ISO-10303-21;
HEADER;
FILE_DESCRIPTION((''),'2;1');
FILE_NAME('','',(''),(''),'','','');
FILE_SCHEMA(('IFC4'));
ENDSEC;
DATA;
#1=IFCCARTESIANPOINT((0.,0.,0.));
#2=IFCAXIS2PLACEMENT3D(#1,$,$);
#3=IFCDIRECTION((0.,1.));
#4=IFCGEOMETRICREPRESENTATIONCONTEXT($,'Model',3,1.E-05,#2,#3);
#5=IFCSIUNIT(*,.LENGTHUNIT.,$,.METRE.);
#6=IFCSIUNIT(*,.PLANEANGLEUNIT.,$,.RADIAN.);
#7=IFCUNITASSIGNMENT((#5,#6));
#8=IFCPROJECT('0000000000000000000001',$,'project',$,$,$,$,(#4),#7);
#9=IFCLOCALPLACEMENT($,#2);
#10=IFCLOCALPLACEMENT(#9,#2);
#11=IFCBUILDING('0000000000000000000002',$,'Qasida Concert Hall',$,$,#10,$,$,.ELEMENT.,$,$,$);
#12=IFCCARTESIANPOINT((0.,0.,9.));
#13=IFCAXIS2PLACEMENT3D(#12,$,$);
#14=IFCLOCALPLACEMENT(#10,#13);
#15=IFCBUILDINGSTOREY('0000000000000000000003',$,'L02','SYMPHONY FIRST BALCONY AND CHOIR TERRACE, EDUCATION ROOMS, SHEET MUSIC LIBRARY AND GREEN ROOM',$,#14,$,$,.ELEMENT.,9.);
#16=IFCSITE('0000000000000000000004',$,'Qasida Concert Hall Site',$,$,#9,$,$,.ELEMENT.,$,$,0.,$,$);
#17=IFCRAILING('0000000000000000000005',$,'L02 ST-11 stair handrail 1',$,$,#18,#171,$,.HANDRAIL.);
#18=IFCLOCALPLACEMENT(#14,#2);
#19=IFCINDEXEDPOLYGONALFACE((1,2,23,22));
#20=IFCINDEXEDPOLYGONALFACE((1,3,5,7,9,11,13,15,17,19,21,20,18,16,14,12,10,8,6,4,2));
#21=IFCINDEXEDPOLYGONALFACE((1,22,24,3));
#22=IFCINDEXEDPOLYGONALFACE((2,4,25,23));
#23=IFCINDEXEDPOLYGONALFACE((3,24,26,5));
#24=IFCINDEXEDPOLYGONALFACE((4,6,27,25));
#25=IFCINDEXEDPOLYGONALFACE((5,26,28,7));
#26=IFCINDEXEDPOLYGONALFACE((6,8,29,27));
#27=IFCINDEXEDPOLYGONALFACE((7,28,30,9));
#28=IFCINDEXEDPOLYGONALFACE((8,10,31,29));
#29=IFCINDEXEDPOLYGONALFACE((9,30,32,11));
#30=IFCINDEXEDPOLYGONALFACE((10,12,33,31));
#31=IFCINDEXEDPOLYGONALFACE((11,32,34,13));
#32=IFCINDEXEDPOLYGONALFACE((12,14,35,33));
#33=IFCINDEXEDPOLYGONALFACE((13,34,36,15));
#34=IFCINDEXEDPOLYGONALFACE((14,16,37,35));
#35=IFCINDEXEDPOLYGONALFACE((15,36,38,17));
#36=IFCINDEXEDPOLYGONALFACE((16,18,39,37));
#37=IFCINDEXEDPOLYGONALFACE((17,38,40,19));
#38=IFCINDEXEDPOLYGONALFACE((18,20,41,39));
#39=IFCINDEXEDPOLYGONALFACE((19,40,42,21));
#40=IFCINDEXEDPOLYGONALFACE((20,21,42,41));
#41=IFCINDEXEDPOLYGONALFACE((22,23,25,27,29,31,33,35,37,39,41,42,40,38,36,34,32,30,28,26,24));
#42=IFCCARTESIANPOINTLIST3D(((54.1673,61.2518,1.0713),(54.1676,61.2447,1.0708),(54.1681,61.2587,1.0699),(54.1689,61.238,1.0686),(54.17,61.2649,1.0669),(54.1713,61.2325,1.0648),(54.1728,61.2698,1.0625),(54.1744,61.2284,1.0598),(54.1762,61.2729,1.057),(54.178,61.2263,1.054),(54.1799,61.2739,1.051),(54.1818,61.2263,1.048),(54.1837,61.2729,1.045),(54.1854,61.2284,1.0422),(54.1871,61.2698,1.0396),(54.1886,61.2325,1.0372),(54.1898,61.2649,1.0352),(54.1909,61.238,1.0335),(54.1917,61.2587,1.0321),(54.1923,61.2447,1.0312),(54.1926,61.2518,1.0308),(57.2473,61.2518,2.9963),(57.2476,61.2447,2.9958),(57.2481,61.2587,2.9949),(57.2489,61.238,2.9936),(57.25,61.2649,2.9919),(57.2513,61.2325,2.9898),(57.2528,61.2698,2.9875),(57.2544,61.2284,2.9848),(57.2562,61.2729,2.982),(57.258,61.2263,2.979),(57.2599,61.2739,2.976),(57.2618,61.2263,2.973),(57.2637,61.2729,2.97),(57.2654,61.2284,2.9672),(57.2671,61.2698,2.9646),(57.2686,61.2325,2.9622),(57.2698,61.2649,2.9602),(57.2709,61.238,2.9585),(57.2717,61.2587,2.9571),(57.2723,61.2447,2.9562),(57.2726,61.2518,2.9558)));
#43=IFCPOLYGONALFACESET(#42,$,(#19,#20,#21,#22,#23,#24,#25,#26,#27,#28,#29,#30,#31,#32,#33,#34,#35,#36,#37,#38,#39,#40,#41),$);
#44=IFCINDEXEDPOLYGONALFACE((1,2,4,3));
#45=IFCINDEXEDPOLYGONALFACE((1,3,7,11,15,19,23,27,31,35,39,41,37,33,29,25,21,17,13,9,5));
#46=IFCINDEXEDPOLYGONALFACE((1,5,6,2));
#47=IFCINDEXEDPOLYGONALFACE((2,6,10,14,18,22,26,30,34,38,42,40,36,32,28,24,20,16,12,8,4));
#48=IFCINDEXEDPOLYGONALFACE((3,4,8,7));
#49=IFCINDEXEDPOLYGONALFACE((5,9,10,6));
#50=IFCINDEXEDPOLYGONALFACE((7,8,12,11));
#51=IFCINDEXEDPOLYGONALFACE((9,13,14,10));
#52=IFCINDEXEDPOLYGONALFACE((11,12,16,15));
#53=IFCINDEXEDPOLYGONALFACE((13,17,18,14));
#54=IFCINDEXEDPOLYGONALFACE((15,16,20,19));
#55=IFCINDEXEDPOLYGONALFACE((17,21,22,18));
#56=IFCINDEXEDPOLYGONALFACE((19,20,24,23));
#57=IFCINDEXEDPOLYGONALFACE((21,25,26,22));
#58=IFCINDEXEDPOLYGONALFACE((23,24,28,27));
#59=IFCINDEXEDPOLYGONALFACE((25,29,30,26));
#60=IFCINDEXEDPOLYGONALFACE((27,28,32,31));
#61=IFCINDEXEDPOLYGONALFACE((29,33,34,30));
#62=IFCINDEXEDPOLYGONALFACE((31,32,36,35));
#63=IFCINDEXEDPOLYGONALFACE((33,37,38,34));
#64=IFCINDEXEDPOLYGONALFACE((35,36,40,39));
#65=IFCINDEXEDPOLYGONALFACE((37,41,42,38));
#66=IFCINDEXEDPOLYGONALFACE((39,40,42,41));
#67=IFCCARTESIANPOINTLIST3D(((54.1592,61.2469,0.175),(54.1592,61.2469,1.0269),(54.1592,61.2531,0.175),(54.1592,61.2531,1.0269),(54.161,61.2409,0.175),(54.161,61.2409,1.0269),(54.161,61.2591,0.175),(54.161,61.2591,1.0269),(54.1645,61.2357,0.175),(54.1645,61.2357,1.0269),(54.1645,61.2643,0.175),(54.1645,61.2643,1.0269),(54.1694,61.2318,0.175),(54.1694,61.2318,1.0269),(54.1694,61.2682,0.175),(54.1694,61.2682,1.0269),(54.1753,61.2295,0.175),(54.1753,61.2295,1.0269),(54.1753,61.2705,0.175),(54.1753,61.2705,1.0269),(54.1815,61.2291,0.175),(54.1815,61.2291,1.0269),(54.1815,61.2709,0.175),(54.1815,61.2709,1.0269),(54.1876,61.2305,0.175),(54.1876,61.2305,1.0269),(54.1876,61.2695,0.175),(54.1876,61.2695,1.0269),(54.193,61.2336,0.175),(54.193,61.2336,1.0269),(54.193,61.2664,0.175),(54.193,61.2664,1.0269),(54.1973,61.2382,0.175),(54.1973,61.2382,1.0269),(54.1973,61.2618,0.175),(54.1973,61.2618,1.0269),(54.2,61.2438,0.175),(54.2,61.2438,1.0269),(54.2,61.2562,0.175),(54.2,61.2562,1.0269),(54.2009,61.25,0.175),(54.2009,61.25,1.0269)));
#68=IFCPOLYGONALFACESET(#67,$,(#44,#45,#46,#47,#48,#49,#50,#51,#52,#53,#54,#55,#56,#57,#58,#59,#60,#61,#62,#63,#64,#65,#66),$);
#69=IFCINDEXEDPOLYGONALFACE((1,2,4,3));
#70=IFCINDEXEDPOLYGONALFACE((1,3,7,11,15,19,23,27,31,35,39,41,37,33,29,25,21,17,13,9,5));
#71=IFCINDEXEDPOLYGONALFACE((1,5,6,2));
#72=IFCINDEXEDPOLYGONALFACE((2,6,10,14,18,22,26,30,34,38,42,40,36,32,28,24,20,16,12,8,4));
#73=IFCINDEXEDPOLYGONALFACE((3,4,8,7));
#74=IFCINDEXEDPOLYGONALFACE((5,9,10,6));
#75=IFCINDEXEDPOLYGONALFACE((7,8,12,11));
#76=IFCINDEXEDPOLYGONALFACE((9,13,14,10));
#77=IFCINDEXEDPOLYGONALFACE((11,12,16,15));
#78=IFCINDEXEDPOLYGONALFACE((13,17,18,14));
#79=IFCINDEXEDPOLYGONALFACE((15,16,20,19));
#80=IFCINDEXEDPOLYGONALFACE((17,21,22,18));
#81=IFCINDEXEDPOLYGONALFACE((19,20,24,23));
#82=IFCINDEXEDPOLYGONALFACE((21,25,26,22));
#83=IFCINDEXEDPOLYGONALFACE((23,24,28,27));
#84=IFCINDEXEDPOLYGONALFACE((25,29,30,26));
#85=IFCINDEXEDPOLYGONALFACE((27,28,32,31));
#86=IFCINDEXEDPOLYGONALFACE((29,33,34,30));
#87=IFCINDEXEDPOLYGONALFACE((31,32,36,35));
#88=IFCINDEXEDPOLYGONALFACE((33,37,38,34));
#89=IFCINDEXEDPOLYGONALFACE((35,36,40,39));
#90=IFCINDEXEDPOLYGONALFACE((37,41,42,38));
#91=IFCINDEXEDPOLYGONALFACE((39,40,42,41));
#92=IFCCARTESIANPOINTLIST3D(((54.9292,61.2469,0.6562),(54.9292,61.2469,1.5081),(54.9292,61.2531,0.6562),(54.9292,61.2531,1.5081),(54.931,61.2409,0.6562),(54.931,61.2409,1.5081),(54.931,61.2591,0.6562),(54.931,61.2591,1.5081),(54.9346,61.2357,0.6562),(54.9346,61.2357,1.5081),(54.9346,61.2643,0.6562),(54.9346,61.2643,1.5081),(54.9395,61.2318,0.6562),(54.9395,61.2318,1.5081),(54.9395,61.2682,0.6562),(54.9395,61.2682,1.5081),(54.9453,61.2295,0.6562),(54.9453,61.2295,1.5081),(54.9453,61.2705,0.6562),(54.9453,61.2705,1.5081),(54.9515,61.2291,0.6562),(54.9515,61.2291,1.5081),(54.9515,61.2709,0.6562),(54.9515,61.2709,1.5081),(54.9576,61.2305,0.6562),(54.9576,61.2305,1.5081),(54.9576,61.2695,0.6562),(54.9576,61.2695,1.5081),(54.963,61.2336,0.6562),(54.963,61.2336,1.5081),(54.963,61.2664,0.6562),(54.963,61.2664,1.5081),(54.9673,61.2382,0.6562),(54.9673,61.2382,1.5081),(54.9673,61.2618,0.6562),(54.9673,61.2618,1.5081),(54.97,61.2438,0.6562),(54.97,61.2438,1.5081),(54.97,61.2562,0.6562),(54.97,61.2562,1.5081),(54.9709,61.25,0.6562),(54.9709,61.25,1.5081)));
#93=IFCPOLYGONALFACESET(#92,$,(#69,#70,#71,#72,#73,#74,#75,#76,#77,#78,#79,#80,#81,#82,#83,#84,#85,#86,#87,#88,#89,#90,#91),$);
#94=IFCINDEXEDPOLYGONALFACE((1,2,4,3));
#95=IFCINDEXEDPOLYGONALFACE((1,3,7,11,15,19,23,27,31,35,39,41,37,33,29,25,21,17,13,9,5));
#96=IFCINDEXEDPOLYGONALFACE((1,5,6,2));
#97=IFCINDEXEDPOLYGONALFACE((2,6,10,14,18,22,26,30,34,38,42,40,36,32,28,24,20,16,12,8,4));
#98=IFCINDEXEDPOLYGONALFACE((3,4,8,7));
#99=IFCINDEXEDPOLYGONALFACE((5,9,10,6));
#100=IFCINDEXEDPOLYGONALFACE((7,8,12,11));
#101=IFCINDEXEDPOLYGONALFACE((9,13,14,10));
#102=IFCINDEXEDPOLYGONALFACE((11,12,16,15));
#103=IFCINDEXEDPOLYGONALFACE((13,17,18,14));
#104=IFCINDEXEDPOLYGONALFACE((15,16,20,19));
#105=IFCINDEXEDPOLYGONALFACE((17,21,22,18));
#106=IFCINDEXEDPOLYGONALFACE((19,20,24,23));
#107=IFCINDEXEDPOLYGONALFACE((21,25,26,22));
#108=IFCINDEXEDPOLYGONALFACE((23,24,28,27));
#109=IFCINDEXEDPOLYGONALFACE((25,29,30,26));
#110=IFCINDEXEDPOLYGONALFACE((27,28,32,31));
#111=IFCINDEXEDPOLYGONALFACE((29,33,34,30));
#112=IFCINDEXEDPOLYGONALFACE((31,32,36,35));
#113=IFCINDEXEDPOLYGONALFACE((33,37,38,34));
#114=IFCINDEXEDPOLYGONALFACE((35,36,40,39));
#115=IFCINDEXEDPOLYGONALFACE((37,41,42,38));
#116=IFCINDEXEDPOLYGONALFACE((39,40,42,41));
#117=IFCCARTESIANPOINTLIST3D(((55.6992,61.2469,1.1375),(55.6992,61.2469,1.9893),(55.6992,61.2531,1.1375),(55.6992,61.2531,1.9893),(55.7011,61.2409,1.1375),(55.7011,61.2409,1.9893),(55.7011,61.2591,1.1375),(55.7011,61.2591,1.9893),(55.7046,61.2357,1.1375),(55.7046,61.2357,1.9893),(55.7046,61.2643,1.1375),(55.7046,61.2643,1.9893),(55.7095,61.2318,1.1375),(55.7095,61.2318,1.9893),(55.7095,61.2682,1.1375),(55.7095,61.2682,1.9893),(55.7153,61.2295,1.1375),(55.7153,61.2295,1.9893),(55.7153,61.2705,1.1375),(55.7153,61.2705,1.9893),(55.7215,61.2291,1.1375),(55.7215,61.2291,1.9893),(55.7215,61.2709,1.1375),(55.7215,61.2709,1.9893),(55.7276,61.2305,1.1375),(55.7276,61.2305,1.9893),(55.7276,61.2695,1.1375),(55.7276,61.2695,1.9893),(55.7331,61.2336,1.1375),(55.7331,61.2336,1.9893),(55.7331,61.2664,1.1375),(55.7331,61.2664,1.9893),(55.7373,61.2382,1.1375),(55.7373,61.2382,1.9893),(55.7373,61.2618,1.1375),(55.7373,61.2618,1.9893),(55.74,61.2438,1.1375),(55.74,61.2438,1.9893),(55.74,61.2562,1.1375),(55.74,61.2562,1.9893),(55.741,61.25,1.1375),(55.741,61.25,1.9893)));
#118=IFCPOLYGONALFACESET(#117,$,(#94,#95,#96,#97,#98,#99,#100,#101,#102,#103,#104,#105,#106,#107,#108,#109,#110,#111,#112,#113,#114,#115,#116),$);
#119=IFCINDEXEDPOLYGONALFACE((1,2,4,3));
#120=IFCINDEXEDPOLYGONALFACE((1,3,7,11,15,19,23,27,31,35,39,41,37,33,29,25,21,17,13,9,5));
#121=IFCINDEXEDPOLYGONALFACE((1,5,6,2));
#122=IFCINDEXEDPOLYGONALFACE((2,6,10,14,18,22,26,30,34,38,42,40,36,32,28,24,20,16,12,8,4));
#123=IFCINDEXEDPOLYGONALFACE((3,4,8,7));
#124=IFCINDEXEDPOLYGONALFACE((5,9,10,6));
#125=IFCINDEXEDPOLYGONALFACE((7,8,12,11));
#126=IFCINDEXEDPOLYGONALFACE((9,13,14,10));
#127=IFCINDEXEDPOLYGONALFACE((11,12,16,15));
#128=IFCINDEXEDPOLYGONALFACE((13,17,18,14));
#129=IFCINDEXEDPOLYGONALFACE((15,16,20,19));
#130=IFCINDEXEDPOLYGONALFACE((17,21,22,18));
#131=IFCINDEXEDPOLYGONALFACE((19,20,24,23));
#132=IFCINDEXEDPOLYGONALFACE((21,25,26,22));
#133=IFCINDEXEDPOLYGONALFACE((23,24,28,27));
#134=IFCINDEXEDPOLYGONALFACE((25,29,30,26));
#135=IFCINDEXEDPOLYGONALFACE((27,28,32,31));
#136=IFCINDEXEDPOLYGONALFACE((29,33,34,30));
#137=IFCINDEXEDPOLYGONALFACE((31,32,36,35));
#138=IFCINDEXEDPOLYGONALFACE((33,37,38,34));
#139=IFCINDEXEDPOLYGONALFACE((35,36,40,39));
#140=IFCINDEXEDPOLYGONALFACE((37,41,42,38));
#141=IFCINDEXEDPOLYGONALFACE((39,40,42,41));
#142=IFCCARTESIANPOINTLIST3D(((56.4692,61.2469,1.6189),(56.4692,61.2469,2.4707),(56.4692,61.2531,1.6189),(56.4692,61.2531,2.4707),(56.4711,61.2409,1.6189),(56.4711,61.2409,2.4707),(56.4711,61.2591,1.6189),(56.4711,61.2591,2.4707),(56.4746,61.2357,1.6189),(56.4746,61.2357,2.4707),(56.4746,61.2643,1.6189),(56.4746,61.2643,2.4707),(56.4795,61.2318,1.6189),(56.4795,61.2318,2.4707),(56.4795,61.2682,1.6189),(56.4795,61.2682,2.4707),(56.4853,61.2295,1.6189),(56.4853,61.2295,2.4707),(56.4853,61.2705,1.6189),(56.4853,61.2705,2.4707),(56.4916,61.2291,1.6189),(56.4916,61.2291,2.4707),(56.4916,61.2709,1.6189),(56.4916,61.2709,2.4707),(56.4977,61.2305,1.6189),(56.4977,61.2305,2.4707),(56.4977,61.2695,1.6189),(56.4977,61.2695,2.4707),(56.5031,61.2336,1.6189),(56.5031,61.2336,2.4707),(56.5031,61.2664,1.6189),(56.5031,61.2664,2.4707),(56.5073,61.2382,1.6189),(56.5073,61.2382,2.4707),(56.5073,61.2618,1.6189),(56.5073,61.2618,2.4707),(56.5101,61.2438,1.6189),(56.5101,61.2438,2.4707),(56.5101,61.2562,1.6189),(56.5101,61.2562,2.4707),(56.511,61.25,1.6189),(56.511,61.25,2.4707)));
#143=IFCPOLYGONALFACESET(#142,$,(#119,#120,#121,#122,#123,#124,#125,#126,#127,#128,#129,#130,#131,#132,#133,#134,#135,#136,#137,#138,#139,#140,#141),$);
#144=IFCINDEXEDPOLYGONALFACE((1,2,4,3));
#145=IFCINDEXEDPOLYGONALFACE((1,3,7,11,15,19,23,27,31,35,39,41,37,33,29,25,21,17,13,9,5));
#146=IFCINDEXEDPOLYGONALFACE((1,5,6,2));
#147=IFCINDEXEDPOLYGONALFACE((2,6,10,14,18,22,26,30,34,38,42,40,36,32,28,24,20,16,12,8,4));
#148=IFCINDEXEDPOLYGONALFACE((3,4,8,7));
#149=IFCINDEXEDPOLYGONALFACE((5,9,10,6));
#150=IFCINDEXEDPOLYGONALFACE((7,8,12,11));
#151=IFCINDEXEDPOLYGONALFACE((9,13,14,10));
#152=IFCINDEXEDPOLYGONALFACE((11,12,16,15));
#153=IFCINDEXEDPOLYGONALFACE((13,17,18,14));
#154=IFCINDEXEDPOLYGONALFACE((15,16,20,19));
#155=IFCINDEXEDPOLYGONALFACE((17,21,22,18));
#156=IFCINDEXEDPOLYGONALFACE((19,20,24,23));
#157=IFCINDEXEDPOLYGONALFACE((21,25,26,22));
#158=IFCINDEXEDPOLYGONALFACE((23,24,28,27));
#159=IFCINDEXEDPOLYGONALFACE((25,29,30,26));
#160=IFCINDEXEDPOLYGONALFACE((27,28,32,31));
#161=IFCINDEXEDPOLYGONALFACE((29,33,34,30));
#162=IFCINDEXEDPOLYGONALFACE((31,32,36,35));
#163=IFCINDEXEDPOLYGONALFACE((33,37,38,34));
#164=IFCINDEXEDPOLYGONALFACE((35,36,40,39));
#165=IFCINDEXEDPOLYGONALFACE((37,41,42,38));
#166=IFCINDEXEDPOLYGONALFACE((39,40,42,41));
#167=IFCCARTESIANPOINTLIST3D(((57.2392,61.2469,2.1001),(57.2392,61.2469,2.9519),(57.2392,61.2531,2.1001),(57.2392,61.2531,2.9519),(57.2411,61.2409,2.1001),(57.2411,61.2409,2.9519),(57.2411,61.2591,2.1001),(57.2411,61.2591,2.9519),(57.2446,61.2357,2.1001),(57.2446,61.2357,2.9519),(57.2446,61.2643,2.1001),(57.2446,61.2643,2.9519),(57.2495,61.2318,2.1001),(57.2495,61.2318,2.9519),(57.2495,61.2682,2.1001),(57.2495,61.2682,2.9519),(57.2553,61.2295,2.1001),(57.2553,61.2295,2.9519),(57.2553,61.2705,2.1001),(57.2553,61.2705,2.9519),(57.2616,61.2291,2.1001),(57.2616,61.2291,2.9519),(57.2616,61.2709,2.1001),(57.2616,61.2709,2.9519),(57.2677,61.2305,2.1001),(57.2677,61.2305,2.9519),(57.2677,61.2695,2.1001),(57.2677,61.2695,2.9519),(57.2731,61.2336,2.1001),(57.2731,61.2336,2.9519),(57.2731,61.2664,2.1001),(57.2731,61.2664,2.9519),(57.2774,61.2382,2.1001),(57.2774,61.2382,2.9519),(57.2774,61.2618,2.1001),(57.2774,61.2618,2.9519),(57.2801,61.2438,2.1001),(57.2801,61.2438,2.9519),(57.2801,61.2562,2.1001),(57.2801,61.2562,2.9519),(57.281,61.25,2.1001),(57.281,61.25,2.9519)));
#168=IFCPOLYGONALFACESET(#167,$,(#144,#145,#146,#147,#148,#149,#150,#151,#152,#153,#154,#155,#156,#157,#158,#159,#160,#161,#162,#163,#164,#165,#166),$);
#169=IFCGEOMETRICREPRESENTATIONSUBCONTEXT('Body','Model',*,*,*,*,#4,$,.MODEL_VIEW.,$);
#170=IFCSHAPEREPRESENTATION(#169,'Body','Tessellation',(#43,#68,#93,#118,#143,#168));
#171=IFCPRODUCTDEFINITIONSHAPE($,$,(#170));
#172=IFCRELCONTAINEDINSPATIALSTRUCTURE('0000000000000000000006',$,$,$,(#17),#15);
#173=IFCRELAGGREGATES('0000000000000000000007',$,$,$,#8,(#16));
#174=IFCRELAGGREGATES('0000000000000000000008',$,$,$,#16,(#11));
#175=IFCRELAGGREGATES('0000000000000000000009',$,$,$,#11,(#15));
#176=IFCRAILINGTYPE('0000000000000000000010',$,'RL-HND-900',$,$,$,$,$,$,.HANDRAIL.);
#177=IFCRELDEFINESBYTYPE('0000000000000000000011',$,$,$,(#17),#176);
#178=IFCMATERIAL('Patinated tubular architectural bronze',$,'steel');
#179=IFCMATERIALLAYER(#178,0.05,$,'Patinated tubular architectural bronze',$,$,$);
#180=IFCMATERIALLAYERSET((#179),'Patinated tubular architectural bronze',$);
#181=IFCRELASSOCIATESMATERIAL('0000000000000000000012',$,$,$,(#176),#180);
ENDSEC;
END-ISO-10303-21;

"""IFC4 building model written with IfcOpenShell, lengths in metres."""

from ifc_helpers import new_model, si_unit, direction, frame, origin, origin_2d, place, context, subcontext, project, spatial, circle, extrude, material, layer, layer_set, type_object, element, save


model = new_model("IFC4")

# Units and contexts
model_context = context("Model", 3, precision=1e-05, world=origin(), true_north=direction((0.0, 1.0)))
body_context = subcontext(model_context, "Body", "Model", "MODEL_VIEW")
ifc_project = project(units=[si_unit("LENGTHUNIT", "METRE"), si_unit("PLANEANGLEUNIT", "RADIAN")], contexts=[model_context])

# Site, building, storey
site_placement = place(None, origin())
site = spatial("IfcSite", under=ifc_project, at=site_placement, Name="Qasida Concert Hall Site", CompositionType="ELEMENT", RefElevation=0.0)
building_placement = place(site_placement, origin())
building = spatial("IfcBuilding", under=site, at=building_placement, Name="Qasida Concert Hall", CompositionType="ELEMENT")
storey_placement = place(building_placement, frame((0.0, 0.0, 9.0)))
storey = spatial("IfcBuildingStorey", under=building, at=storey_placement, Name="L02", Description="SYMPHONY FIRST BALCONY AND CHOIR TERRACE, EDUCATION ROOMS, SHEET MUSIC LIBRARY AND GREEN ROOM", CompositionType="ELEMENT", Elevation=9.0)

# Railing
ifc_material_1 = material(Name="Patinated tubular architectural bronze", Category="steel")
ifc_layer_1 = layer(ifc_material_1, 0.05, Name="Patinated tubular architectural bronze")
ifc_layer_set_1 = layer_set([ifc_layer_1], Name="Patinated tubular architectural bronze")
railing_type_1 = type_object("IfcRailingType", Name="RL-HND-900", PredefinedType="HANDRAIL", material=ifc_layer_set_1)
railing_1_placement = place(storey_placement, frame((54.1799, 61.25, 0.175)))
element("IfcRailing", 1, at=railing_1_placement, inside=storey, type_object=railing_type_1, Name="L02 ST-11 stair handrail 1", PredefinedType="HANDRAIL", context=body_context, shape_type="SweptSolid", body=[
    extrude(circle(Radius=0.0239, at=origin_2d()), frame((0.0, 0.0, 0.876), z_axis=(0.847998, 0.0, 0.529999), x_axis=(0.0, 1.0, 0.0)), (0.0, 0.0, 1.0), 3.6321),
    extrude(circle(Radius=0.021, at=origin_2d()), origin(), (0.0, 0.0, 1.0), 0.8518),
    extrude(circle(Radius=0.021, at=origin_2d()), frame((0.77, 0.0, 0.4812)), (0.0, 0.0, 1.0), 0.8518),
    extrude(circle(Radius=0.021, at=origin_2d()), frame((1.54, 0.0, 0.9624)), (0.0, 0.0, 1.0), 0.8518),
    extrude(circle(Radius=0.021, at=origin_2d()), frame((2.3101, 0.0, 1.4438)), (0.0, 0.0, 1.0), 0.8518),
    extrude(circle(Radius=0.021, at=origin_2d()), frame((3.0801, 0.0, 1.925)), (0.0, 0.0, 1.0), 0.8518),
])

save(model, "model.ifc")
